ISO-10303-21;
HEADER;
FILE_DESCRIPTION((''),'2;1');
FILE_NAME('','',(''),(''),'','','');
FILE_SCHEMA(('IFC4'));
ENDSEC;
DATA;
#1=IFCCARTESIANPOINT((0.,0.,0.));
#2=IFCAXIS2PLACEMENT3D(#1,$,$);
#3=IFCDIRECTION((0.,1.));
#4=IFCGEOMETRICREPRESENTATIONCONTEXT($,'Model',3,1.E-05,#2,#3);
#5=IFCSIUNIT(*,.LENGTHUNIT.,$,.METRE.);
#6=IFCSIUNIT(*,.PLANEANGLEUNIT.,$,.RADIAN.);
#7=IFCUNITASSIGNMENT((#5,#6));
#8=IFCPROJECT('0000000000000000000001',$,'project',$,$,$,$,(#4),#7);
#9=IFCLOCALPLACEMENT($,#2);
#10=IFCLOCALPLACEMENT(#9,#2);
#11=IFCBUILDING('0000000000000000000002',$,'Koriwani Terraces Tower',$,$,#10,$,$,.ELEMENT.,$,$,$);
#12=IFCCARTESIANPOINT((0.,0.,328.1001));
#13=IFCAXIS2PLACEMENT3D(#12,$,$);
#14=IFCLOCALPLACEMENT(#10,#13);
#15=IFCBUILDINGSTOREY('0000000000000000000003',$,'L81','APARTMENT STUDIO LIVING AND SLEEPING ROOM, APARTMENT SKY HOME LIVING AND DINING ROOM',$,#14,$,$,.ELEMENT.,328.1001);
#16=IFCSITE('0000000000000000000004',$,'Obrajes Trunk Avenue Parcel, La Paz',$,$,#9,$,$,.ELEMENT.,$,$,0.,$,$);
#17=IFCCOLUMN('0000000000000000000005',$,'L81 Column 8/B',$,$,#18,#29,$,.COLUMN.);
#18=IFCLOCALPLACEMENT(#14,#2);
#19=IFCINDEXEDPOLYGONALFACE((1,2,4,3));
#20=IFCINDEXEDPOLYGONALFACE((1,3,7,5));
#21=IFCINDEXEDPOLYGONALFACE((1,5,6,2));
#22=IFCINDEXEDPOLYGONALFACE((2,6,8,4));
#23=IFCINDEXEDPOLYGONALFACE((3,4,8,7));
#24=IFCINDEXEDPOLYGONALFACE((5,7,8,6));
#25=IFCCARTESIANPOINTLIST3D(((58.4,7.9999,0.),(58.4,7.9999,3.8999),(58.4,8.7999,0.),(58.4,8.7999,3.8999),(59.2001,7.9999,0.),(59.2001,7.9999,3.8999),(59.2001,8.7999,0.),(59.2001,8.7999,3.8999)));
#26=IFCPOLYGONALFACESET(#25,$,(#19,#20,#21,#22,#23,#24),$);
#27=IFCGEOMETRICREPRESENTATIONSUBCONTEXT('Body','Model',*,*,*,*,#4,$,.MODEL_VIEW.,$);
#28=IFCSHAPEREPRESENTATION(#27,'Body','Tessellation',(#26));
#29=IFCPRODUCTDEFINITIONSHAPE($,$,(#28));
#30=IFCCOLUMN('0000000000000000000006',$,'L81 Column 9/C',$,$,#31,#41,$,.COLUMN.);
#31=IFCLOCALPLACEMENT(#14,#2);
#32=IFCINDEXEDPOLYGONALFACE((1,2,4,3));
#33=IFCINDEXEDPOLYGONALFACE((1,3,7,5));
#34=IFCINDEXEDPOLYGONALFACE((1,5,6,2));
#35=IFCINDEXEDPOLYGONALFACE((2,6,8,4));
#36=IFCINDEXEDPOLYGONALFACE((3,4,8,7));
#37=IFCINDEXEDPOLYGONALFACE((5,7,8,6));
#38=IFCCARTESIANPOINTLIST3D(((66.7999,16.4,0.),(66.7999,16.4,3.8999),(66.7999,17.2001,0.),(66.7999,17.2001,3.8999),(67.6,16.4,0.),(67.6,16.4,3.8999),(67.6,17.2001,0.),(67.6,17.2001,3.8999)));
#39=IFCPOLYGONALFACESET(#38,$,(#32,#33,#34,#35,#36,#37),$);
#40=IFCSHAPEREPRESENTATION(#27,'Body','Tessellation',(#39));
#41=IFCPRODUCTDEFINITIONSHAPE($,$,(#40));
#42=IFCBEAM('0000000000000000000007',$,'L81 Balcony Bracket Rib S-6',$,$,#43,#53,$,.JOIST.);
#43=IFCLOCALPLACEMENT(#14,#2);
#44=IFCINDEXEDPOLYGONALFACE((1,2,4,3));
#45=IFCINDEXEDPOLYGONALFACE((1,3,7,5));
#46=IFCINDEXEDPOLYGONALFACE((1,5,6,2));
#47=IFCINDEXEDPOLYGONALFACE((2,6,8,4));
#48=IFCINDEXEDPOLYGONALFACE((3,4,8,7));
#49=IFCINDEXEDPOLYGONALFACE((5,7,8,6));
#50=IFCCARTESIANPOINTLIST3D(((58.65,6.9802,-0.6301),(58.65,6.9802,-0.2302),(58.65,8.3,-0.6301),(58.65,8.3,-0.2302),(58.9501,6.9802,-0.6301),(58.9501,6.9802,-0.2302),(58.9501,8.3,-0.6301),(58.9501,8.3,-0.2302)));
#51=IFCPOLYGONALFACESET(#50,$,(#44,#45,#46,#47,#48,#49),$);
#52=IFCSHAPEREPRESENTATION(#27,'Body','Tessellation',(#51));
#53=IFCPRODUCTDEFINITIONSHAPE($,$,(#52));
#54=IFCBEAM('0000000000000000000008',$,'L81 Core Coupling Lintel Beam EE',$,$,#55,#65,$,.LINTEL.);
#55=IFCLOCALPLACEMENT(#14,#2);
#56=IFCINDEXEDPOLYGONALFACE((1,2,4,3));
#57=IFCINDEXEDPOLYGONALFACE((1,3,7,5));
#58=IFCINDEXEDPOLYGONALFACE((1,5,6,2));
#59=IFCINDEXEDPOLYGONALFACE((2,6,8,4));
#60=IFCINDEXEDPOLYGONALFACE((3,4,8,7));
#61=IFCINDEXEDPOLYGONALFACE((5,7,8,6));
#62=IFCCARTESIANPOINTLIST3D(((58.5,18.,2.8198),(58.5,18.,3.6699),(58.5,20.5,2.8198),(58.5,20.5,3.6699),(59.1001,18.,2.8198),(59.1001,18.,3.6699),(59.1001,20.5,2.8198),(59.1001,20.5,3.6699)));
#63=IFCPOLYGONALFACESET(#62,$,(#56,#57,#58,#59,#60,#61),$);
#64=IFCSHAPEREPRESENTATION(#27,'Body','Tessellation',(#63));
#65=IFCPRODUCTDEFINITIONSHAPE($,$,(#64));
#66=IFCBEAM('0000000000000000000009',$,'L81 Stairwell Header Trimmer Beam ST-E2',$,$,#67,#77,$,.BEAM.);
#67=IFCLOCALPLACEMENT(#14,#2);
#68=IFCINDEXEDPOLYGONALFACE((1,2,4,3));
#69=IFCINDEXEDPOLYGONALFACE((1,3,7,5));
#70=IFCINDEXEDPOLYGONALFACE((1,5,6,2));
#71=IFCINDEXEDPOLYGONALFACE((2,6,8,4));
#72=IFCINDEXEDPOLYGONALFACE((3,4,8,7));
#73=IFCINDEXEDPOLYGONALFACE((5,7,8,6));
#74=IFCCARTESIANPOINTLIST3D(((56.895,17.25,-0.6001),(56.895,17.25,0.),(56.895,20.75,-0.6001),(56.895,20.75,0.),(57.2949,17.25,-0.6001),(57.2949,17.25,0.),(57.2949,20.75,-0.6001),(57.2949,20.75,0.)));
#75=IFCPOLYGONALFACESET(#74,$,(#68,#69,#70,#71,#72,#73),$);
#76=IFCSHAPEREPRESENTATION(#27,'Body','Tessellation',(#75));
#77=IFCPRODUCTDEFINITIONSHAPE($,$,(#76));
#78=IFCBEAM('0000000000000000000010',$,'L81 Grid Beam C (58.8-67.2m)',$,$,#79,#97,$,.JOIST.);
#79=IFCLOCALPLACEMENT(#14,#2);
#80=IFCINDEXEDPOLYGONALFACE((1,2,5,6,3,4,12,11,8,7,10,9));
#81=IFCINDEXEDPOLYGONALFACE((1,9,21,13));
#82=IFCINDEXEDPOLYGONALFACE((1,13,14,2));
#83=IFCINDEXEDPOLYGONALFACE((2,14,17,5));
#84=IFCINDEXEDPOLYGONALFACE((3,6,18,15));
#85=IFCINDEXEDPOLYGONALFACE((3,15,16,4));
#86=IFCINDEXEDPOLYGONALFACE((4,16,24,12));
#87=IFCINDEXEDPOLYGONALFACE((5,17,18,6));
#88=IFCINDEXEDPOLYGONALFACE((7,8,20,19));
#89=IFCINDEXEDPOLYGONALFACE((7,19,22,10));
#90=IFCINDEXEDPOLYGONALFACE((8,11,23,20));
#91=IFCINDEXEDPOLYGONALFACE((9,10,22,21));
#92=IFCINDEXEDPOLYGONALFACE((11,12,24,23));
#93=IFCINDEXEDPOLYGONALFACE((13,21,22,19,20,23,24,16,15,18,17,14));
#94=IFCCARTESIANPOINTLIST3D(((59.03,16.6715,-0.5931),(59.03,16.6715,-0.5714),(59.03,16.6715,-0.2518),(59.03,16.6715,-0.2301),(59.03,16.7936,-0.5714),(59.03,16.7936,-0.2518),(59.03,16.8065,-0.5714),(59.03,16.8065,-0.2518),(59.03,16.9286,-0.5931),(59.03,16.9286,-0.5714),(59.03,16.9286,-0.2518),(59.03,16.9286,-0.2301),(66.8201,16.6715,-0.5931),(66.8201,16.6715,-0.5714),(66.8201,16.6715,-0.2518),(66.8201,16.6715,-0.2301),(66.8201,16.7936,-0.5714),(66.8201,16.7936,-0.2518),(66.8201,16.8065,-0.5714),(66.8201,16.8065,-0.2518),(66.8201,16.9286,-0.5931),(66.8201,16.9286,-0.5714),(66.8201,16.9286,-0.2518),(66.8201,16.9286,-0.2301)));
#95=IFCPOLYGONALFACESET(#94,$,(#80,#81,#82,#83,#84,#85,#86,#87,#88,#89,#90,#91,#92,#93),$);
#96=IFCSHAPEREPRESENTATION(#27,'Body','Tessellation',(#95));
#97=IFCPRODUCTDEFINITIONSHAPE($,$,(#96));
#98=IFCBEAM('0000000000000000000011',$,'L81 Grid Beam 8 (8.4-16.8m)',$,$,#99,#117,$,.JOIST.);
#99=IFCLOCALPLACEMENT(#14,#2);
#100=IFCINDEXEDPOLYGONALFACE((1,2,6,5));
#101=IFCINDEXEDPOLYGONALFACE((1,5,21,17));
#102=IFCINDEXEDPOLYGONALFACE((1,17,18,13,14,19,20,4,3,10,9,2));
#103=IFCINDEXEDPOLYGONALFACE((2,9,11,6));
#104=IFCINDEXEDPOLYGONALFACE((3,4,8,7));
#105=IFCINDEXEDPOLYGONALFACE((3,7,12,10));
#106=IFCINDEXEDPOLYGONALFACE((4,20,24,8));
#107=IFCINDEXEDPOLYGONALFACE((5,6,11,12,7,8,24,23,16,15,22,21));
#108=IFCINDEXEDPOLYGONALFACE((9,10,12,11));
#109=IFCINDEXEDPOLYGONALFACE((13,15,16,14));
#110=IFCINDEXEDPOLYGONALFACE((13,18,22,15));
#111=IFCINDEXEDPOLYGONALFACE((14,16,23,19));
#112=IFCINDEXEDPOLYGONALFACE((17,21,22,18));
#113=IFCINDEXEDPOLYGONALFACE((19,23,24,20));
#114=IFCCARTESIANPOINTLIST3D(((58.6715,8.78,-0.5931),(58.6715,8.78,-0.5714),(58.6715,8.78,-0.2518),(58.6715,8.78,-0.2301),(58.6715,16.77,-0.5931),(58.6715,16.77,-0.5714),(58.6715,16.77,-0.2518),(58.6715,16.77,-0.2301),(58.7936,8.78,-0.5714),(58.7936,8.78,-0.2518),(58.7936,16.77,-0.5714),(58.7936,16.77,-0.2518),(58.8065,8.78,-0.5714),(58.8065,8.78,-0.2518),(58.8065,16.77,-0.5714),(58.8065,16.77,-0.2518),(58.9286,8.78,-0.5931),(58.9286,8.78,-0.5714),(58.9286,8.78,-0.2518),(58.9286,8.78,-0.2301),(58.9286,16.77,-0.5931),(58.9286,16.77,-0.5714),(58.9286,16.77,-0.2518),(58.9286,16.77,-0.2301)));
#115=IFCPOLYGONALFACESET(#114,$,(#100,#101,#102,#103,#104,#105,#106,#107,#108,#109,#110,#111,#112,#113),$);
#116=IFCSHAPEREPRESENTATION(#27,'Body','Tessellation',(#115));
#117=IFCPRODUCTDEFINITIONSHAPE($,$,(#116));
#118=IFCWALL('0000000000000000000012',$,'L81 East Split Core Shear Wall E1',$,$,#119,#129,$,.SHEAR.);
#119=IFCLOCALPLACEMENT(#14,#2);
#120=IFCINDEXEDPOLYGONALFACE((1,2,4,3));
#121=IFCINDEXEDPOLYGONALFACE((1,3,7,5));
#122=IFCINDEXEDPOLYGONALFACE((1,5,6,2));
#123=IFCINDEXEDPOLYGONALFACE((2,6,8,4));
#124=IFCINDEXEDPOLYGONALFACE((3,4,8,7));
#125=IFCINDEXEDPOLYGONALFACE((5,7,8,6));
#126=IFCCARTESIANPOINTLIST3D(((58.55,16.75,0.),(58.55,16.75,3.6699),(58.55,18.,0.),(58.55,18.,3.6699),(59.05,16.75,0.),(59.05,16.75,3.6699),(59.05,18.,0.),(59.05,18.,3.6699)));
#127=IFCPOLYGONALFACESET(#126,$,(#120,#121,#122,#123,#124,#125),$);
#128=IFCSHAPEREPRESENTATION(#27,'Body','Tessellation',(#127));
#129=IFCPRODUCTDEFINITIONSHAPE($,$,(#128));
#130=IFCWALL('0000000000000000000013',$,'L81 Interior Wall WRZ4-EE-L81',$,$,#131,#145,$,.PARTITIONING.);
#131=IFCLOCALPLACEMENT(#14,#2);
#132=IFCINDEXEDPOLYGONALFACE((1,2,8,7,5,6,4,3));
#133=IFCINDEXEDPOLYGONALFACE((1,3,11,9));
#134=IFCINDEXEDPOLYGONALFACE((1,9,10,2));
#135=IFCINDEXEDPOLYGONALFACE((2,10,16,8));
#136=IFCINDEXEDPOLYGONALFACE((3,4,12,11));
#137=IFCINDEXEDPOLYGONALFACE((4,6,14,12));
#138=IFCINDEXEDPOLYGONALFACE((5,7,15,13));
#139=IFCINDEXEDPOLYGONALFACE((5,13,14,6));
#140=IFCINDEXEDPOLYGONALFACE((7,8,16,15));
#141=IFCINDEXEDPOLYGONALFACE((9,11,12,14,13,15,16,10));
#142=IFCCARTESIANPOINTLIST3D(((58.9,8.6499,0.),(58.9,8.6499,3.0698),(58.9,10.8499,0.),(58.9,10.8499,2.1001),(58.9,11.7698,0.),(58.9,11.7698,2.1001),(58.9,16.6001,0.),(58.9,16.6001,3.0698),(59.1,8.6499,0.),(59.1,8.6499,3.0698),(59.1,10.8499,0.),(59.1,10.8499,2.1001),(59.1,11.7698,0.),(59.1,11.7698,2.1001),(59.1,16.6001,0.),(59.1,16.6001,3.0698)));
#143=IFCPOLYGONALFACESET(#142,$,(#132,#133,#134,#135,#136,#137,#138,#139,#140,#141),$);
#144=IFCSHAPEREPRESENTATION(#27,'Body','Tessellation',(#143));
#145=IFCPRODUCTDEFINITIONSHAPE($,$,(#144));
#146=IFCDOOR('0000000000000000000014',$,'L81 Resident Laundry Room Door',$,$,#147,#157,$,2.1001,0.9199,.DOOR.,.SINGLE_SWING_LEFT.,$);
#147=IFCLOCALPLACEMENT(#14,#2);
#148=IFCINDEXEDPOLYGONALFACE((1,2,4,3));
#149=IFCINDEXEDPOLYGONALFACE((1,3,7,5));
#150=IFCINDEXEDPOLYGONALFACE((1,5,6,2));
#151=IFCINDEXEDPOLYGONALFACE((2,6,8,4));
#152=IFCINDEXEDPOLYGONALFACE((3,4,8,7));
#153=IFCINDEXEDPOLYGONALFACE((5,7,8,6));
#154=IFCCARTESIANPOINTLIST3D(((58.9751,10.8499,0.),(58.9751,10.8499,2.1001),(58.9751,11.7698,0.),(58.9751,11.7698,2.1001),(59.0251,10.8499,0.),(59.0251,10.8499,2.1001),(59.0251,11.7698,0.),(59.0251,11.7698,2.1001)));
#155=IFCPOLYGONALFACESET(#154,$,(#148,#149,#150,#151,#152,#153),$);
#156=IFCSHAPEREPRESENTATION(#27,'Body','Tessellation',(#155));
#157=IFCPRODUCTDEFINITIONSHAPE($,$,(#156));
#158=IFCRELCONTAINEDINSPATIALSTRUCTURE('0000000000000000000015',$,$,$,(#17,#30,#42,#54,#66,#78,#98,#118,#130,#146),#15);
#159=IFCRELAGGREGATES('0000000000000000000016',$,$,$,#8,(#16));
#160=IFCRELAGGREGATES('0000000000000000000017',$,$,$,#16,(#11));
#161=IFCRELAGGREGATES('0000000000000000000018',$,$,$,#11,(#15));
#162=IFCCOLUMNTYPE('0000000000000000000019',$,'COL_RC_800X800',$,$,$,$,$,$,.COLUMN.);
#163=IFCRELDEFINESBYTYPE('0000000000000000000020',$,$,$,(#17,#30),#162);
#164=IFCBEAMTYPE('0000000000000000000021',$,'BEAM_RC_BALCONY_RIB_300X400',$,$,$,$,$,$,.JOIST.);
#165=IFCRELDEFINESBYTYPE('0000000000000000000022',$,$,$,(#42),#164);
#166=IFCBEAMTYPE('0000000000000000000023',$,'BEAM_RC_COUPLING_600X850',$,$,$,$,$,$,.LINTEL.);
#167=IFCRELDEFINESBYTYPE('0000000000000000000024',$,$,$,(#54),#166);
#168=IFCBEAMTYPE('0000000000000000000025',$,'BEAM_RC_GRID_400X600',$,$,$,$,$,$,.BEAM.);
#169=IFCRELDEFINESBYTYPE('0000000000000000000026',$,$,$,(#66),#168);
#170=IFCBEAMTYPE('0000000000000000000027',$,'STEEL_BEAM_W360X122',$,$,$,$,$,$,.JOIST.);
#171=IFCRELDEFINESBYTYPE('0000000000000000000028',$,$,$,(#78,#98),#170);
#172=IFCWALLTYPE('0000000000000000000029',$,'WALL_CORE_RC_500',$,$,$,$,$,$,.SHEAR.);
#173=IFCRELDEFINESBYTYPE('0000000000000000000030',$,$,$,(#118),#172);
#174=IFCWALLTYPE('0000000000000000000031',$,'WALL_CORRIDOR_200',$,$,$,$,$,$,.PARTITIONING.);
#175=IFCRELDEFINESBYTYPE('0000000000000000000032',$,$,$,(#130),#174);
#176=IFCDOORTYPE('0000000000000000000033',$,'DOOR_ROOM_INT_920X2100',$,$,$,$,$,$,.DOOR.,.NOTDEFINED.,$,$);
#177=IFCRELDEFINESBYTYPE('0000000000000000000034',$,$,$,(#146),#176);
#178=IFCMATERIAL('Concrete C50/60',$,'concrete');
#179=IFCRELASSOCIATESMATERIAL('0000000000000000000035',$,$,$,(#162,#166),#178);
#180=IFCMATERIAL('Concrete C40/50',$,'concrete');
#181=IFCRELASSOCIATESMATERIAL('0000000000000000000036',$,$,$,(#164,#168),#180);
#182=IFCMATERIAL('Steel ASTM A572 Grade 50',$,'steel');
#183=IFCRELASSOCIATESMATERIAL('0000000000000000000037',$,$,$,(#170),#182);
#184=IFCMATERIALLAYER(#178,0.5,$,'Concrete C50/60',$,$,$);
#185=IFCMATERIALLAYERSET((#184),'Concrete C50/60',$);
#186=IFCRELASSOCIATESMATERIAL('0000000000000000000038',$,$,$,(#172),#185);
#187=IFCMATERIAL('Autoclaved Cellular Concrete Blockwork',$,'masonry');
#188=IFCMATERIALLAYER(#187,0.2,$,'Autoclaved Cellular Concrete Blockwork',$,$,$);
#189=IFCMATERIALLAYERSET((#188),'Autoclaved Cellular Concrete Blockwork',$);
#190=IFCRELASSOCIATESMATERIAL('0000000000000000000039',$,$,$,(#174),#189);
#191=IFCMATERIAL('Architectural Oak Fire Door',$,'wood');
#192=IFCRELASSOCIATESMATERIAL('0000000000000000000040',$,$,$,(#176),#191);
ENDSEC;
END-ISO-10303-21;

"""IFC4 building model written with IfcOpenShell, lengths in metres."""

from ifc_helpers import new_model, si_unit, direction, frame, frame_2d, origin, origin_2d, place, context, subcontext, project, spatial, rectangle, i_section, extrude, material, layer, layer_set, material_profile, profile_set, type_object, element, fill, save


model = new_model("IFC4")

# Units and contexts
model_context = context("Model", 3, precision=1e-05, world=origin(), true_north=direction((0.0, 1.0)))
body_context = subcontext(model_context, "Body", "Model", "MODEL_VIEW")
ifc_project = project(units=[si_unit("LENGTHUNIT", "METRE"), si_unit("PLANEANGLEUNIT", "RADIAN")], contexts=[model_context])

# Site, building, storey
site_placement = place(None, origin())
site = spatial("IfcSite", under=ifc_project, at=site_placement, Name="Obrajes Trunk Avenue Parcel, La Paz", CompositionType="ELEMENT", RefElevation=0.0)
building_placement = place(site_placement, origin())
building = spatial("IfcBuilding", under=site, at=building_placement, Name="Koriwani Terraces Tower", CompositionType="ELEMENT")
storey_placement = place(building_placement, frame((0.0, 0.0, 328.1001)))
storey = spatial("IfcBuildingStorey", under=building, at=storey_placement, Name="L81", Description="APARTMENT STUDIO LIVING AND SLEEPING ROOM, APARTMENT SKY HOME LIVING AND DINING ROOM", CompositionType="ELEMENT", Elevation=328.1001)

# Columns
ifc_material_1 = material(Name="Concrete C50/60", Category="concrete")
ifc_material_profile_1 = material_profile(ifc_material_1, rectangle(XDim=0.8, YDim=0.8, at=origin_2d()), Name="Concrete C50/60", Category="LoadBearing")
ifc_profile_set_1 = profile_set([ifc_material_profile_1], Name="Concrete C50/60")
column_type = type_object("IfcColumnType", Name="COL_RC_800X800", PredefinedType="COLUMN", material=ifc_profile_set_1)
for number, where, z_axis, x_axis, name in (
    (1, (58.8, 8.3999, 0.0), (0.0, 0.0, 1.0), (1.0, 0.0, 0.0), "L81 Column 8/B"),
    (2, (67.2, 16.8, 0.0), (0.0, 0.0, 1.0), (1.0, 0.0, 0.0), "L81 Column 9/C"),
):
    element("IfcColumn", number, at=place(storey_placement, frame(where, z_axis=z_axis, x_axis=x_axis)), inside=storey, type_object=column_type, Name=name, PredefinedType="COLUMN", context=body_context, shape_type="SweptSolid", body=[
        extrude(rectangle(XDim=0.8, YDim=0.8, at=origin_2d()), origin(), (0.0, 0.0, 1.0), 3.8999),
    ])

# Beams
ifc_material_2 = material(Name="Concrete C40/50", Category="concrete")
ifc_material_profile_2 = material_profile(ifc_material_2, rectangle(XDim=0.3, YDim=0.3999, at=origin_2d()), Name="Concrete C40/50", Category="LoadBearing")
ifc_profile_set_2 = profile_set([ifc_material_profile_2], Name="Concrete C40/50")
beam_type_1 = type_object("IfcBeamType", Name="BEAM_RC_BALCONY_RIB_300X400", PredefinedType="JOIST", material=ifc_profile_set_2)
beam_1_placement = place(storey_placement, frame((58.8, 6.9802, -0.4302), z_axis=(0.0, 1.0, 0.0), x_axis=(-1.0, 0.0, 0.0)))
element("IfcBeam", 3, at=beam_1_placement, inside=storey, type_object=beam_type_1, Name="L81 Balcony Bracket Rib S-6", PredefinedType="JOIST", context=body_context, shape_type="SweptSolid", body=[
    extrude(rectangle(XDim=0.3, YDim=0.3999, at=origin_2d()), origin(), (0.0, 0.0, 1.0), 1.3198),
])
ifc_material_profile_3 = material_profile(ifc_material_1, rectangle(XDim=0.6001, YDim=0.8501, at=origin_2d()), Name="Concrete C50/60", Category="LoadBearing")
ifc_profile_set_3 = profile_set([ifc_material_profile_3], Name="Concrete C50/60")
beam_type_2 = type_object("IfcBeamType", Name="BEAM_RC_COUPLING_600X850", PredefinedType="LINTEL", material=ifc_profile_set_3)
beam_2_placement = place(storey_placement, frame((58.8, 18.0, 3.2449), z_axis=(0.0, 1.0, 0.0), x_axis=(-1.0, 0.0, 0.0)))
element("IfcBeam", 4, at=beam_2_placement, inside=storey, type_object=beam_type_2, Name="L81 Core Coupling Lintel Beam EE", PredefinedType="LINTEL", context=body_context, shape_type="SweptSolid", body=[
    extrude(rectangle(XDim=0.6001, YDim=0.8501, at=origin_2d()), origin(), (0.0, 0.0, 1.0), 2.5),
])
ifc_material_profile_4 = material_profile(ifc_material_2, rectangle(XDim=0.3999, YDim=0.6001, at=origin_2d()), Name="Concrete C40/50", Category="LoadBearing")
ifc_profile_set_4 = profile_set([ifc_material_profile_4], Name="Concrete C40/50")
beam_type_3 = type_object("IfcBeamType", Name="BEAM_RC_GRID_400X600", PredefinedType="BEAM", material=ifc_profile_set_4)
beam_3_placement = place(storey_placement, frame((57.095, 17.25, -0.3), z_axis=(0.0, 1.0, 0.0), x_axis=(-1.0, 0.0, 0.0)))
element("IfcBeam", 5, at=beam_3_placement, inside=storey, type_object=beam_type_3, Name="L81 Stairwell Header Trimmer Beam ST-E2", PredefinedType="BEAM", context=body_context, shape_type="SweptSolid", body=[
    extrude(rectangle(XDim=0.3999, YDim=0.6001, at=origin_2d()), origin(), (0.0, 0.0, 1.0), 3.5),
])
ifc_material_3 = material(Name="Steel ASTM A572 Grade 50", Category="steel")
ifc_material_profile_5 = material_profile(ifc_material_3, i_section(OverallWidth=0.2571, OverallDepth=0.363, WebThickness=0.0129, FlangeThickness=0.0217, at=origin_2d()), Name="Steel ASTM A572 Grade 50", Category="LoadBearing")
ifc_profile_set_5 = profile_set([ifc_material_profile_5], Name="Steel ASTM A572 Grade 50")
beam_type_4 = type_object("IfcBeamType", Name="STEEL_BEAM_W360X122", PredefinedType="JOIST", material=ifc_profile_set_5)
beam_4_placement = place(storey_placement, frame((59.03, 16.8, -0.4116), z_axis=(1.0, 0.0, 0.0), x_axis=(0.0, 1.0, 0.0)))
element("IfcBeam", 6, at=beam_4_placement, inside=storey, type_object=beam_type_4, Name="L81 Grid Beam C (58.8-67.2m)", PredefinedType="JOIST", context=body_context, shape_type="SweptSolid", body=[
    extrude(i_section(OverallWidth=0.2571, OverallDepth=0.363, WebThickness=0.0129, FlangeThickness=0.0217, at=origin_2d()), origin(), (0.0, 0.0, 1.0), 7.79),
])
beam_5_placement = place(storey_placement, frame((58.8, 8.78, -0.4116), z_axis=(0.0, 1.0, 0.0), x_axis=(-1.0, 0.0, 0.0)))
element("IfcBeam", 7, at=beam_5_placement, inside=storey, type_object=beam_type_4, Name="L81 Grid Beam 8 (8.4-16.8m)", PredefinedType="JOIST", context=body_context, shape_type="SweptSolid", body=[
    extrude(i_section(OverallWidth=0.2571, OverallDepth=0.363, WebThickness=0.0129, FlangeThickness=0.0217, at=origin_2d()), origin(), (0.0, 0.0, 1.0), 7.99),
])

# Wall
ifc_layer_1 = layer(ifc_material_1, 0.5, Name="Concrete C50/60")
ifc_layer_set_1 = layer_set([ifc_layer_1], Name="Concrete C50/60")
wall_type_1 = type_object("IfcWallType", Name="WALL_CORE_RC_500", PredefinedType="SHEAR", material=ifc_layer_set_1)
wall_1_placement = place(storey_placement, frame((58.8, 16.75, 0.0), z_axis=(0.0, 0.0, 1.0), x_axis=(0.0, 1.0, 0.0)))
element("IfcWall", 8, at=wall_1_placement, inside=storey, type_object=wall_type_1, Name="L81 East Split Core Shear Wall E1", PredefinedType="SHEAR", context=body_context, shape_type="SweptSolid", body=[
    extrude(rectangle(XDim=1.25, YDim=0.5, at=frame_2d((0.625, 0.0))), origin(), (0.0, 0.0, 1.0), 3.6699),
])

# Wall, opening, door
ifc_material_4 = material(Name="Autoclaved Cellular Concrete Blockwork", Category="masonry")
ifc_layer_2 = layer(ifc_material_4, 0.2, Name="Autoclaved Cellular Concrete Blockwork")
ifc_layer_set_2 = layer_set([ifc_layer_2], Name="Autoclaved Cellular Concrete Blockwork")
wall_type_2 = type_object("IfcWallType", Name="WALL_CORRIDOR_200", PredefinedType="PARTITIONING", material=ifc_layer_set_2)
wall_2_placement = place(storey_placement, frame((59.0, 8.6499, 0.0), z_axis=(0.0, 0.0, 1.0), x_axis=(0.0, 1.0, 0.0)))
wall_2 = element("IfcWall", 9, at=wall_2_placement, inside=storey, type_object=wall_type_2, Name="L81 Interior Wall WRZ4-EE-L81", PredefinedType="PARTITIONING", context=body_context, shape_type="SweptSolid", body=[
    extrude(rectangle(XDim=7.9502, YDim=0.2, at=frame_2d((3.9751, 0.0))), origin(), (0.0, 0.0, 1.0), 3.0698),
])
opening_1_placement = place(wall_2_placement, frame((2.2, 0.0, 0.0)))
opening_1 = element("IfcOpeningElement", 10, at=opening_1_placement, cuts=wall_2, PredefinedType="OPENING", context=body_context, shape_type="SweptSolid", body=[
    extrude(rectangle(XDim=0.9199, YDim=2.1001, at=frame_2d((0.46, 1.05))), frame((0.0, 0.1099, 0.0), z_axis=(0.0, -1.0, 0.0), x_axis=(1.0, 0.0, 0.0)), (0.0, 0.0, 1.0), 0.22),
])
ifc_material_5 = material(Name="Architectural Oak Fire Door", Category="wood")
door_type_1 = type_object("IfcDoorType", Name="DOOR_ROOM_INT_920X2100", OperationType="NOTDEFINED", PredefinedType="DOOR", material=ifc_material_5)
door_1_placement = place(opening_1_placement, origin())
door_1 = element("IfcDoor", 11, at=door_1_placement, inside=storey, type_object=door_type_1, Name="L81 Resident Laundry Room Door", OperationType="SINGLE_SWING_LEFT", OverallHeight=2.1001, OverallWidth=0.9199, PredefinedType="DOOR", context=body_context, shape_type="SweptSolid", body=[
    extrude(rectangle(XDim=0.9199, YDim=2.1001, at=frame_2d((0.46, 1.05))), frame((0.0, 0.0249, 0.0), z_axis=(0.0, -1.0, 0.0), x_axis=(1.0, 0.0, 0.0)), (0.0, 0.0, 1.0), 0.05),
])
fill(opening_1, door_1)

save(model, "model.ifc")
